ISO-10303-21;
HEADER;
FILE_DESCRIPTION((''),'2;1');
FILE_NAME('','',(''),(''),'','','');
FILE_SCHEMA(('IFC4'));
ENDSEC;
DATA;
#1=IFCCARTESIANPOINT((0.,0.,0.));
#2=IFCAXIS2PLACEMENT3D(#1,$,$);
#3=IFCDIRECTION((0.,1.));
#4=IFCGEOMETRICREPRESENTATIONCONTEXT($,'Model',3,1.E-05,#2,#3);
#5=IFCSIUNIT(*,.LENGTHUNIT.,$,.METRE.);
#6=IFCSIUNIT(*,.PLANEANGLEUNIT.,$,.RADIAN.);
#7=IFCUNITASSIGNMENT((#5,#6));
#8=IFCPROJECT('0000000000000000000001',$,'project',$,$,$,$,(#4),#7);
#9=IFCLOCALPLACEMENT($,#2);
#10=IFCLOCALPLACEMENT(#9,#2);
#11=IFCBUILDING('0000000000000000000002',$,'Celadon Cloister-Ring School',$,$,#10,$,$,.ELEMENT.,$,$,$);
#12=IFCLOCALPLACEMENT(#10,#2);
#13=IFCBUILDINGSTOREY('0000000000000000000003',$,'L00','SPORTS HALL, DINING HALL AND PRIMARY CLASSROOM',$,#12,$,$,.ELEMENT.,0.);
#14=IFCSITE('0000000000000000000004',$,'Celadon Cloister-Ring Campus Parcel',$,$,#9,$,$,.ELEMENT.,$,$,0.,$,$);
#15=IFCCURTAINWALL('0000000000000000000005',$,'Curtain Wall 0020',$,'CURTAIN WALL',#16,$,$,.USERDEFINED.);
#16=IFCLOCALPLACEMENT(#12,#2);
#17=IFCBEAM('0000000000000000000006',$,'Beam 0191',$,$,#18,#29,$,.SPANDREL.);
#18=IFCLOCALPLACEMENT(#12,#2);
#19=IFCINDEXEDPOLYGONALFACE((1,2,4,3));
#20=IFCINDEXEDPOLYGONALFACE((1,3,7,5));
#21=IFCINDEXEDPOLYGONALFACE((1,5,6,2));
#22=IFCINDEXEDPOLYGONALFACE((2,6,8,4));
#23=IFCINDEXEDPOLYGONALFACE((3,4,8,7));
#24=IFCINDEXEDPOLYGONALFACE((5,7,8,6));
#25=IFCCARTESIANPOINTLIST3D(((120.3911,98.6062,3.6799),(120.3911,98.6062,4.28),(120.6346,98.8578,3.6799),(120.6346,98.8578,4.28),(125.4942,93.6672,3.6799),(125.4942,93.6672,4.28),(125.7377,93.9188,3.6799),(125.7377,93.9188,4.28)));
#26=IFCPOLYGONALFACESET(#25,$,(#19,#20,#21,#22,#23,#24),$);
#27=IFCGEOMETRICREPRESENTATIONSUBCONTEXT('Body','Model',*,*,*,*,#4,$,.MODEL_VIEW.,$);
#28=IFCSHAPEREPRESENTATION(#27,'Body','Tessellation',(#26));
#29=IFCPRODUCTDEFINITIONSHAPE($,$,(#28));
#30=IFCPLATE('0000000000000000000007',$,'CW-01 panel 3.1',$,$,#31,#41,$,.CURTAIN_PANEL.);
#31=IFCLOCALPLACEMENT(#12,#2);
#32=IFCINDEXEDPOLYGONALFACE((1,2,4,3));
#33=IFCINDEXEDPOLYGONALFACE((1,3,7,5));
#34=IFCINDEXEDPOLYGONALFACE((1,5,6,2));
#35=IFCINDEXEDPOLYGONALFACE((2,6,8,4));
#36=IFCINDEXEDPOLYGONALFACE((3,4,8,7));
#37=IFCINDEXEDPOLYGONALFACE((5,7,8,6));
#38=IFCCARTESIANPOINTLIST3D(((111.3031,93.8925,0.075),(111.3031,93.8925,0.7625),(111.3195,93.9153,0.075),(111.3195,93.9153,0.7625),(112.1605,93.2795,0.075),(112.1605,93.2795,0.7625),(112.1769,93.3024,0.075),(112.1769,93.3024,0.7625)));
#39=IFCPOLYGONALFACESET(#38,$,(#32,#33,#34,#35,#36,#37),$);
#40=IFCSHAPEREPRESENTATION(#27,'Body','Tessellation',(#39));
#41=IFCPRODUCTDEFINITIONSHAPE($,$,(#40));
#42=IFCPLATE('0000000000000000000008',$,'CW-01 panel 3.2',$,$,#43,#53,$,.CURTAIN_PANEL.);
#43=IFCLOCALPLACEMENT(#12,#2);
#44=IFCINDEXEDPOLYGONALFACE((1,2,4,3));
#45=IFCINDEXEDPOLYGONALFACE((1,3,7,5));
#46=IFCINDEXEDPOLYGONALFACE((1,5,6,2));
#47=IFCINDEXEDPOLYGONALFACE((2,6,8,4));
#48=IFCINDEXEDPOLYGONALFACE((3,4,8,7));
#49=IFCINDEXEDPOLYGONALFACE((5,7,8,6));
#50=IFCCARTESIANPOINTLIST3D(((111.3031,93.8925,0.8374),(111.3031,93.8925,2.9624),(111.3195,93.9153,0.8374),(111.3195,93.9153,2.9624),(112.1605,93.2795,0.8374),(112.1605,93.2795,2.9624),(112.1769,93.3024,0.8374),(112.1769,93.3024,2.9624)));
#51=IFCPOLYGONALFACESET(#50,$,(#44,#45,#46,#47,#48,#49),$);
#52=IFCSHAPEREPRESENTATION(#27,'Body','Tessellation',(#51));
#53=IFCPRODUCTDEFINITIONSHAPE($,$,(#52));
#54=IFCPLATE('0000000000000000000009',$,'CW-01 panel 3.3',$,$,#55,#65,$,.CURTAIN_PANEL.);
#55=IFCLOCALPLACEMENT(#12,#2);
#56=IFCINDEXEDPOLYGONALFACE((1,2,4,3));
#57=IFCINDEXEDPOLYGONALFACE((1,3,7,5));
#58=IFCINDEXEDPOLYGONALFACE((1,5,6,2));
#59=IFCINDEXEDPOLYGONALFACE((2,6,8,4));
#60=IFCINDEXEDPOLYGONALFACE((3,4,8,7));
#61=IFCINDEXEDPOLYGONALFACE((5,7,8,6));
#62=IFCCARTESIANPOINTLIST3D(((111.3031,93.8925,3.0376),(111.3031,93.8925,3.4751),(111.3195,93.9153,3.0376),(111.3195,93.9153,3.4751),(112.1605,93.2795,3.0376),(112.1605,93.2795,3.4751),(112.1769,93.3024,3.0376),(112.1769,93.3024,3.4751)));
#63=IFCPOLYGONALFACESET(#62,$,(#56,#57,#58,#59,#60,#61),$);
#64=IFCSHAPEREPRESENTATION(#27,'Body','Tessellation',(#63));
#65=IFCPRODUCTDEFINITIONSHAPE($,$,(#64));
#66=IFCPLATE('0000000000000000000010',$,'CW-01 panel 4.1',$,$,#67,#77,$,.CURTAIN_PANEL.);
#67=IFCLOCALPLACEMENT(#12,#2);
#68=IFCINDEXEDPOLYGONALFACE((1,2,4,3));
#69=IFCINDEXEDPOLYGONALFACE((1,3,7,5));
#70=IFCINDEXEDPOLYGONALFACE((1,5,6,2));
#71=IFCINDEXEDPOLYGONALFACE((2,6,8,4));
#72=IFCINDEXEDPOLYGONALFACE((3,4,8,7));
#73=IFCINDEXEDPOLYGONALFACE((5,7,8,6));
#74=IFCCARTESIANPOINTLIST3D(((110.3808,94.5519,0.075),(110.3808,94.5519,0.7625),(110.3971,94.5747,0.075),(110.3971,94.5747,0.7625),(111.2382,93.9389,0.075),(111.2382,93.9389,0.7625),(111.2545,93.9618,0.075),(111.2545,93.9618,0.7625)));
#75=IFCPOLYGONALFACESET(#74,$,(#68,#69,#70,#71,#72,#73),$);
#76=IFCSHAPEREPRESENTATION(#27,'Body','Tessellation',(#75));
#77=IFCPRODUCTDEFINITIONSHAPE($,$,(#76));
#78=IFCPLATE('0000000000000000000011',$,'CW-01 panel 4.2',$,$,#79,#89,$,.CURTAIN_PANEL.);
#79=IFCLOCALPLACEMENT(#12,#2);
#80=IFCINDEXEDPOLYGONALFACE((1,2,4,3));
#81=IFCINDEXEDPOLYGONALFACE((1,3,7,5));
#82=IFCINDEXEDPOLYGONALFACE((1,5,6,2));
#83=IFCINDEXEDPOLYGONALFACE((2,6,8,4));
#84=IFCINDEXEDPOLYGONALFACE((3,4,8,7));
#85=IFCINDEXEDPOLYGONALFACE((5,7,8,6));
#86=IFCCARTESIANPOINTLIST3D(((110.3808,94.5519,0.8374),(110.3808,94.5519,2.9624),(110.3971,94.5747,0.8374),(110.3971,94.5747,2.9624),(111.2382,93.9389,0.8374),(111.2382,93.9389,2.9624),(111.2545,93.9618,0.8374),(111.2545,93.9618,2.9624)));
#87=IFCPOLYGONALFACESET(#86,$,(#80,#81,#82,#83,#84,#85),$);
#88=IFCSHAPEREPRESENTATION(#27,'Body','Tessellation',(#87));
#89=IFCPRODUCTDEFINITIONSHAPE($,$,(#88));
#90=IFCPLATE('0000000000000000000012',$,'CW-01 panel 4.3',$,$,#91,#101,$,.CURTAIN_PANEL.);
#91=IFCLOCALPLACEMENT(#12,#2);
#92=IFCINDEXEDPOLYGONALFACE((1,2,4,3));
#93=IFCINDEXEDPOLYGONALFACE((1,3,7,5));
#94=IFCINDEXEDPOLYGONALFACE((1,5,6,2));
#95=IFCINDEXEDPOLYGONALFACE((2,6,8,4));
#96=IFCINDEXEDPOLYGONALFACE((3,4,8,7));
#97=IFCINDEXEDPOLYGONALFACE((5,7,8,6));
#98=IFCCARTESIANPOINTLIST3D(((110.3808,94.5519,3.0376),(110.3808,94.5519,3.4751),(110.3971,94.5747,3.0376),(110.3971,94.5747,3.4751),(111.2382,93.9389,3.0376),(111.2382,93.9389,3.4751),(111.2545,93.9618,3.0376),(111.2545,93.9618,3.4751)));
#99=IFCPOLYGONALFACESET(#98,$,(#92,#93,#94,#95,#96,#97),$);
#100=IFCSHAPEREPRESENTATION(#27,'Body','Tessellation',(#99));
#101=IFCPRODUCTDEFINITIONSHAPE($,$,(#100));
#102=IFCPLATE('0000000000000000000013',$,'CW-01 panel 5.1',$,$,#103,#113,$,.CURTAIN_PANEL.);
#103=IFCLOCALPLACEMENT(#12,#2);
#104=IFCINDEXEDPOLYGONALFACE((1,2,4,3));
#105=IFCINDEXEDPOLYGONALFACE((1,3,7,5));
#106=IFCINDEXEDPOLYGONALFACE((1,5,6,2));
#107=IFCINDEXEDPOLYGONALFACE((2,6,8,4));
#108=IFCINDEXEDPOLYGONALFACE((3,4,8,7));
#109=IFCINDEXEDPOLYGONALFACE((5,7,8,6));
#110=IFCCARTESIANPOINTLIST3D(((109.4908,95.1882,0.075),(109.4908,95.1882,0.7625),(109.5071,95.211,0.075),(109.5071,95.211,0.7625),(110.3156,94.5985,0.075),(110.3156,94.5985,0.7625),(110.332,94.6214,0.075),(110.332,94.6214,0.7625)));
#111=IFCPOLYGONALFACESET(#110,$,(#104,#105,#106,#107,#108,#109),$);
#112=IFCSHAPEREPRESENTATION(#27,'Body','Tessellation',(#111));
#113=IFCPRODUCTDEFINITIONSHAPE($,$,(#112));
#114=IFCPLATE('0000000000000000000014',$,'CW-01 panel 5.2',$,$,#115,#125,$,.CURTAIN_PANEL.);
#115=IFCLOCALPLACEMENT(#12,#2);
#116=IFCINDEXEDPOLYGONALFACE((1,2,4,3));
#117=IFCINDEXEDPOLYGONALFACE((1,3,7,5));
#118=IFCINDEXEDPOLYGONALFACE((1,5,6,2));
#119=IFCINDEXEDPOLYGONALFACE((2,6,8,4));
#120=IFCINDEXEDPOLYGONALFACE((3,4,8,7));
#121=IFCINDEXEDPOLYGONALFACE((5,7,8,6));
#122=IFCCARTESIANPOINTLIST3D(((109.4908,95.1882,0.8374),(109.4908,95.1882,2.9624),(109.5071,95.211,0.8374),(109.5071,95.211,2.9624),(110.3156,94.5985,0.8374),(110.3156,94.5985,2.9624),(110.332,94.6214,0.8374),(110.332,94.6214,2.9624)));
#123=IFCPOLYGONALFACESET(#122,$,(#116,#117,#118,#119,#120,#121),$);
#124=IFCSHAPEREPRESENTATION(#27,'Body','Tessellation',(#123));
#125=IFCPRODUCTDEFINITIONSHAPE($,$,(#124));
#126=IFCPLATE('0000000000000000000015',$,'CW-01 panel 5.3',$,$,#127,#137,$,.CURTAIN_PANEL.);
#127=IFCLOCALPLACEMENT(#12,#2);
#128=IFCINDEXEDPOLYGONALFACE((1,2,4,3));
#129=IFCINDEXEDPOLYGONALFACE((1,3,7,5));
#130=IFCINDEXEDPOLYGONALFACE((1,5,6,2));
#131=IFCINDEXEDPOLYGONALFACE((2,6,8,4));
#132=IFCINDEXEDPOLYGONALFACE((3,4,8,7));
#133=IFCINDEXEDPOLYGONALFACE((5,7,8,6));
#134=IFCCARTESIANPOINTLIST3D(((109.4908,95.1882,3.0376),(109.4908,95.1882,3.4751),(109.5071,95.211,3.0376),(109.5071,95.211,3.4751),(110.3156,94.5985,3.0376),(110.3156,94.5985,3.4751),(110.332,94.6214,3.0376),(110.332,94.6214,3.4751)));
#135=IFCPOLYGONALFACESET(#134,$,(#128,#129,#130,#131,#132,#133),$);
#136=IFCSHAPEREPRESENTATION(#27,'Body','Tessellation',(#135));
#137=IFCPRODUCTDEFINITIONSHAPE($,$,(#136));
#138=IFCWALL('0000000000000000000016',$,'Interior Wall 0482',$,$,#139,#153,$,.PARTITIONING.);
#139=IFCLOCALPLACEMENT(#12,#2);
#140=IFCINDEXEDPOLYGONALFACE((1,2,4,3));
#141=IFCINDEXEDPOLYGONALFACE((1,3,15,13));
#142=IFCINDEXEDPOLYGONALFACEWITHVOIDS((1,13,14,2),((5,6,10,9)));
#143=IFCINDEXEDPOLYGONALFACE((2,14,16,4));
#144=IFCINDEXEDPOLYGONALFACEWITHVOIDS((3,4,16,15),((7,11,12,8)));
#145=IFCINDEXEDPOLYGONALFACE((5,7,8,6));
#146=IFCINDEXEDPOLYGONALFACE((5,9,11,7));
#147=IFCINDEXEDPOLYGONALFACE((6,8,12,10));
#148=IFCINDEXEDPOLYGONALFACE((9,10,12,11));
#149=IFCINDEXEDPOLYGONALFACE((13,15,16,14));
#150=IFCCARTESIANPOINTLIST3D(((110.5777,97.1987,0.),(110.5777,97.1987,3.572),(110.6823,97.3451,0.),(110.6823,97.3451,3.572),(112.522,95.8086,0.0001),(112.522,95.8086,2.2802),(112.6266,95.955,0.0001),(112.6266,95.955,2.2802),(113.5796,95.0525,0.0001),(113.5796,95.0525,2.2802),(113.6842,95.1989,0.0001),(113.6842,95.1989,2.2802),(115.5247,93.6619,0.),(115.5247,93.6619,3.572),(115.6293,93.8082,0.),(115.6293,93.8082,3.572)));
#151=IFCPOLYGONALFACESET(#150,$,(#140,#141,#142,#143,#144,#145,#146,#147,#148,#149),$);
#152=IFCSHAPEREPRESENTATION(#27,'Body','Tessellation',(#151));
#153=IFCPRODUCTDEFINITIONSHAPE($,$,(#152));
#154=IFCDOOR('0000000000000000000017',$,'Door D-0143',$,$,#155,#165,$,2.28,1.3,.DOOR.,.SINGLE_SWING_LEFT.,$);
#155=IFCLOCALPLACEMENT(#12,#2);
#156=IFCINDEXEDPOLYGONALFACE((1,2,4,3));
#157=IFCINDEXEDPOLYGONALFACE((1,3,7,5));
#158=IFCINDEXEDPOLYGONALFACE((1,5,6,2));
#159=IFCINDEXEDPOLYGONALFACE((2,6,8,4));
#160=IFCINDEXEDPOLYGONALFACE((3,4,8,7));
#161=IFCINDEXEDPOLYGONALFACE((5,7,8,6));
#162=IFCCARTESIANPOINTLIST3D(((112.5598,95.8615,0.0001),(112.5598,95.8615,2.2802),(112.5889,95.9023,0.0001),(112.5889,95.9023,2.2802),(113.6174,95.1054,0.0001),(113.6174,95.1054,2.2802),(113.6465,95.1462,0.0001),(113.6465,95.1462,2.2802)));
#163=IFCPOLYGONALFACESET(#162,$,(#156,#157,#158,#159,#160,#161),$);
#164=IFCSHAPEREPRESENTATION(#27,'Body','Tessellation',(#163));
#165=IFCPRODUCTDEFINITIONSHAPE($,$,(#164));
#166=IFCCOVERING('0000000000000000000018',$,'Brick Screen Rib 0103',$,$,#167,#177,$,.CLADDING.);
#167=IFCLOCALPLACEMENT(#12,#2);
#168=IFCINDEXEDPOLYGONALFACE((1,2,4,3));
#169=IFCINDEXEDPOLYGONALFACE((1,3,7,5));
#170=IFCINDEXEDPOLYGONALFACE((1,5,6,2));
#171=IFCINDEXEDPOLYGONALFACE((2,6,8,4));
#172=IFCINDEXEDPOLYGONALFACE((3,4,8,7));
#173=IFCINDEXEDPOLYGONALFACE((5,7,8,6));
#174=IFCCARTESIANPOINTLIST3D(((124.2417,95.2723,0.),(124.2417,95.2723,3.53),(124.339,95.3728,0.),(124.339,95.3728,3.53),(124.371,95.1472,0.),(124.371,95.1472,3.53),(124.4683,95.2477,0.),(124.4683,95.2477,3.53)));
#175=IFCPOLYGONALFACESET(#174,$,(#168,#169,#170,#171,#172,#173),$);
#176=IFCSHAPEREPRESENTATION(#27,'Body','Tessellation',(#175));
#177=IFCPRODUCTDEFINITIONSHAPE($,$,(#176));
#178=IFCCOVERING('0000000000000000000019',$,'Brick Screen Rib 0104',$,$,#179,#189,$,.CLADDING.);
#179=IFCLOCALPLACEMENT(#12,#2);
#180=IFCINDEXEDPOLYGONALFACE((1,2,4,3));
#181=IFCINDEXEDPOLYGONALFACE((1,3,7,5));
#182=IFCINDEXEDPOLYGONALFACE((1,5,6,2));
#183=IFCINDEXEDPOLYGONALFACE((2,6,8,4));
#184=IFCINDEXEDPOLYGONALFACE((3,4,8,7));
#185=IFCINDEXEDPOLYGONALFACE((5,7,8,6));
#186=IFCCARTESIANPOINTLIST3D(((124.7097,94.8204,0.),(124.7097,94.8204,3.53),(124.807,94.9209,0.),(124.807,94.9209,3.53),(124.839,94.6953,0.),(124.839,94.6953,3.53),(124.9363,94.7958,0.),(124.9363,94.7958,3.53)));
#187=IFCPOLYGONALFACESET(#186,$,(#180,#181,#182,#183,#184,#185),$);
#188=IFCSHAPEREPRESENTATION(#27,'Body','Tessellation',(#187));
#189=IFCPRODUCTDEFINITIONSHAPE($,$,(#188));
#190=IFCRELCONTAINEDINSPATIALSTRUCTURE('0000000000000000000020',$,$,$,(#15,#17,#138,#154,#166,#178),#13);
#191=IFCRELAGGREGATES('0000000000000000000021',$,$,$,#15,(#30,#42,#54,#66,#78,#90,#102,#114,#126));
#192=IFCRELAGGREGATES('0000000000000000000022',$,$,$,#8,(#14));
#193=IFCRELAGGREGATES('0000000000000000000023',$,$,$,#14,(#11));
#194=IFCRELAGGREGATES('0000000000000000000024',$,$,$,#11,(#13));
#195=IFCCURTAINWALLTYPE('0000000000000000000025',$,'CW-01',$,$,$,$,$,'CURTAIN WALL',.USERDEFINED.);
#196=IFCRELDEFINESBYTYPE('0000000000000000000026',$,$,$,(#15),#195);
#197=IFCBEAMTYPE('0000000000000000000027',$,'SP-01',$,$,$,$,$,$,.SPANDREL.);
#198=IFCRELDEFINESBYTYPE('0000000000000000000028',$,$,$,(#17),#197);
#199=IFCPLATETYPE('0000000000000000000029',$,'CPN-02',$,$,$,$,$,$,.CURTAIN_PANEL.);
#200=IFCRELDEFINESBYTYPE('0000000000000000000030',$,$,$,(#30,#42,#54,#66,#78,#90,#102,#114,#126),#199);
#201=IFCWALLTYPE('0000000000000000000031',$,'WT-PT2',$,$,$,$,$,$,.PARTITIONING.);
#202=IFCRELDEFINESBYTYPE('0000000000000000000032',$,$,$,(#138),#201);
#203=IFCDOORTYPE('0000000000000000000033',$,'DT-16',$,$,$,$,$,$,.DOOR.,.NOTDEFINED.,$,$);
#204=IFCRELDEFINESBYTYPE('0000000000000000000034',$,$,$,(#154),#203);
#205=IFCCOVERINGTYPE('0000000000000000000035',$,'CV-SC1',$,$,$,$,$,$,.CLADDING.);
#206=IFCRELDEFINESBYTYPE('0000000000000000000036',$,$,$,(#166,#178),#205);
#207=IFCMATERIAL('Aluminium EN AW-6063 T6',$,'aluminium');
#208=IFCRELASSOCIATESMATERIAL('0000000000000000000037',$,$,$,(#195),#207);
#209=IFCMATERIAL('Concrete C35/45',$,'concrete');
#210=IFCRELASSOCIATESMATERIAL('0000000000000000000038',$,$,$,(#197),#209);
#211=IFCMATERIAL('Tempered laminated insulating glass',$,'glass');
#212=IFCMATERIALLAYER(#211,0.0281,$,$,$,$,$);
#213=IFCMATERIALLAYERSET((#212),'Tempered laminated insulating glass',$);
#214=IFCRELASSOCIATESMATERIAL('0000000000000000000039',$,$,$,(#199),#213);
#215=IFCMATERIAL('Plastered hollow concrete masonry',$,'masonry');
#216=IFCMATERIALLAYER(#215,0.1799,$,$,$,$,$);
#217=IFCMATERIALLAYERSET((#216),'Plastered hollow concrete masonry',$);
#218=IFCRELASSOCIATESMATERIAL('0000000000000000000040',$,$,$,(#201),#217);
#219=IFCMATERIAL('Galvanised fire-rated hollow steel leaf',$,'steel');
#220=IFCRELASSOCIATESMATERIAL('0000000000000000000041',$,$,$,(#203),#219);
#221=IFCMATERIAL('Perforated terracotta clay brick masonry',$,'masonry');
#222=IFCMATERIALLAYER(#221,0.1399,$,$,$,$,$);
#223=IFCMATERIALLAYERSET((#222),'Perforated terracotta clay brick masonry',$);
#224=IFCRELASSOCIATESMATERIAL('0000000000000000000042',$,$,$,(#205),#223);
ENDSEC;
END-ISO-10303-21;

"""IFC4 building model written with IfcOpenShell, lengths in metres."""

from ifc_helpers import new_model, si_unit, direction, frame, frame_2d, origin, origin_2d, place, context, subcontext, project, spatial, rectangle, extrude, material, layer, layer_set, material_profile, profile_set, type_object, element, fill, aggregate, save


model = new_model("IFC4")

# Units and contexts
model_context = context("Model", 3, precision=1e-05, world=origin(), true_north=direction((0.0, 1.0)))
body_context = subcontext(model_context, "Body", "Model", "MODEL_VIEW")
ifc_project = project(units=[si_unit("LENGTHUNIT", "METRE"), si_unit("PLANEANGLEUNIT", "RADIAN")], contexts=[model_context])

# Site, building, storey
site_placement = place(None, origin())
site = spatial("IfcSite", under=ifc_project, at=site_placement, Name="Celadon Cloister-Ring Campus Parcel", CompositionType="ELEMENT", RefElevation=0.0)
building_placement = place(site_placement, origin())
building = spatial("IfcBuilding", under=site, at=building_placement, Name="Celadon Cloister-Ring School", CompositionType="ELEMENT")
storey_placement = place(building_placement, origin())
storey = spatial("IfcBuildingStorey", under=building, at=storey_placement, Name="L00", Description="SPORTS HALL, DINING HALL AND PRIMARY CLASSROOM", CompositionType="ELEMENT", Elevation=0.0)

# Curtain wall
ifc_material_1 = material(Name="Aluminium EN AW-6063 T6", Category="aluminium")
curtain_wall_type = type_object("IfcCurtainWallType", Name="CW-01", ElementType="CURTAIN WALL", PredefinedType="USERDEFINED", material=ifc_material_1)
curtain_wall_placement = place(storey_placement, origin())
curtain_wall = element("IfcCurtainWall", 1, at=curtain_wall_placement, inside=storey, type_object=curtain_wall_type, Name="Curtain Wall 0020", ObjectType="CURTAIN WALL", PredefinedType="USERDEFINED")

# Beam
ifc_material_2 = material(Name="Concrete C35/45", Category="concrete")
ifc_material_profile_1 = material_profile(ifc_material_2, rectangle(XDim=0.3501, YDim=0.6001, at=origin_2d()), Name="RC350X600")
ifc_profile_set_1 = profile_set([ifc_material_profile_1], Name="Concrete C35/45")
beam_type_1 = type_object("IfcBeamType", Name="SP-01", PredefinedType="SPANDREL", material=ifc_profile_set_1)
beam_1_placement = place(storey_placement, frame((125.616, 93.793, 3.98), z_axis=(-0.718563, 0.695462, 0.0), x_axis=(-0.695462, -0.718563, 0.0)))
element("IfcBeam", 2, at=beam_1_placement, inside=storey, type_object=beam_type_1, Name="Beam 0191", PredefinedType="SPANDREL", context=body_context, shape_type="SweptSolid", body=[
    extrude(rectangle(XDim=0.3501, YDim=0.6001, at=origin_2d()), origin(), (0.0, 0.0, 1.0), 7.1018),
])

# Plates
ifc_material_3 = material(Name="Tempered laminated insulating glass", Category="glass")
ifc_layer_1 = layer(ifc_material_3, 0.0281)
ifc_layer_set_1 = layer_set([ifc_layer_1], Name="Tempered laminated insulating glass")
plate_type = type_object("IfcPlateType", Name="CPN-02", PredefinedType="CURTAIN_PANEL", material=ifc_layer_set_1)
plate_1_placement = place(storey_placement, frame((111.74, 93.5974, 0.075), z_axis=(0.0, 0.0, 1.0), x_axis=(-0.813507, 0.581555, 0.0)))
plate_1 = element("IfcPlate", 3, at=plate_1_placement, type_object=plate_type, Name="CW-01 panel 3.1", PredefinedType="CURTAIN_PANEL", context=body_context, shape_type="SweptSolid", body=[
    extrude(rectangle(XDim=1.054, YDim=0.0281, at=origin_2d()), origin(), (0.0, 0.0, 1.0), 0.6875),
])
plate_2_placement = place(storey_placement, frame((111.74, 93.5974, 0.8374), z_axis=(0.0, 0.0, 1.0), x_axis=(-0.813507, 0.581555, 0.0)))
plate_2 = element("IfcPlate", 4, at=plate_2_placement, type_object=plate_type, Name="CW-01 panel 3.2", PredefinedType="CURTAIN_PANEL", context=body_context, shape_type="SweptSolid", body=[
    extrude(rectangle(XDim=1.054, YDim=0.0281, at=origin_2d()), origin(), (0.0, 0.0, 1.0), 2.125),
])
plate_3_placement = place(storey_placement, frame((111.74, 93.5974, 3.0376), z_axis=(0.0, 0.0, 1.0), x_axis=(-0.813507, 0.581555, 0.0)))
plate_3 = element("IfcPlate", 5, at=plate_3_placement, type_object=plate_type, Name="CW-01 panel 3.3", PredefinedType="CURTAIN_PANEL", context=body_context, shape_type="SweptSolid", body=[
    extrude(rectangle(XDim=1.054, YDim=0.0281, at=origin_2d()), origin(), (0.0, 0.0, 1.0), 0.4375),
])
plate_4_placement = place(storey_placement, frame((110.8176, 94.2568, 0.075), z_axis=(0.0, 0.0, 1.0), x_axis=(-0.813507, 0.581555, 0.0)))
plate_4 = element("IfcPlate", 6, at=plate_4_placement, type_object=plate_type, Name="CW-01 panel 4.1", PredefinedType="CURTAIN_PANEL", context=body_context, shape_type="SweptSolid", body=[
    extrude(rectangle(XDim=1.054, YDim=0.0281, at=origin_2d()), origin(), (0.0, 0.0, 1.0), 0.6875),
])
plate_5_placement = place(storey_placement, frame((110.8176, 94.2568, 0.8374), z_axis=(0.0, 0.0, 1.0), x_axis=(-0.813507, 0.581555, 0.0)))
plate_5 = element("IfcPlate", 7, at=plate_5_placement, type_object=plate_type, Name="CW-01 panel 4.2", PredefinedType="CURTAIN_PANEL", context=body_context, shape_type="SweptSolid", body=[
    extrude(rectangle(XDim=1.054, YDim=0.0281, at=origin_2d()), origin(), (0.0, 0.0, 1.0), 2.125),
])
plate_6_placement = place(storey_placement, frame((110.8176, 94.2568, 3.0376), z_axis=(0.0, 0.0, 1.0), x_axis=(-0.813507, 0.581555, 0.0)))
plate_6 = element("IfcPlate", 8, at=plate_6_placement, type_object=plate_type, Name="CW-01 panel 4.3", PredefinedType="CURTAIN_PANEL", context=body_context, shape_type="SweptSolid", body=[
    extrude(rectangle(XDim=1.054, YDim=0.0281, at=origin_2d()), origin(), (0.0, 0.0, 1.0), 0.4375),
])
plate_7_placement = place(storey_placement, frame((109.9114, 94.9048, 0.075), z_axis=(0.0, 0.0, 1.0), x_axis=(-0.813507, 0.581555, 0.0)))
plate_7 = element("IfcPlate", 9, at=plate_7_placement, type_object=plate_type, Name="CW-01 panel 5.1", PredefinedType="CURTAIN_PANEL", context=body_context, shape_type="SweptSolid", body=[
    extrude(rectangle(XDim=1.0139, YDim=0.0281, at=origin_2d()), origin(), (0.0, 0.0, 1.0), 0.6875),
])
plate_8_placement = place(storey_placement, frame((109.9114, 94.9048, 0.8374), z_axis=(0.0, 0.0, 1.0), x_axis=(-0.813507, 0.581555, 0.0)))
plate_8 = element("IfcPlate", 10, at=plate_8_placement, type_object=plate_type, Name="CW-01 panel 5.2", PredefinedType="CURTAIN_PANEL", context=body_context, shape_type="SweptSolid", body=[
    extrude(rectangle(XDim=1.0139, YDim=0.0281, at=origin_2d()), origin(), (0.0, 0.0, 1.0), 2.125),
])
plate_9_placement = place(storey_placement, frame((109.9114, 94.9048, 3.0376), z_axis=(0.0, 0.0, 1.0), x_axis=(-0.813507, 0.581555, 0.0)))
plate_9 = element("IfcPlate", 11, at=plate_9_placement, type_object=plate_type, Name="CW-01 panel 5.3", PredefinedType="CURTAIN_PANEL", context=body_context, shape_type="SweptSolid", body=[
    extrude(rectangle(XDim=1.0139, YDim=0.0281, at=origin_2d()), origin(), (0.0, 0.0, 1.0), 0.4375),
])
aggregate(curtain_wall, [plate_1, plate_2, plate_3, plate_4, plate_5, plate_6, plate_7, plate_8, plate_9])

# Wall, opening, door
ifc_material_4 = material(Name="Plastered hollow concrete masonry", Category="masonry")
ifc_layer_2 = layer(ifc_material_4, 0.1799)
ifc_layer_set_2 = layer_set([ifc_layer_2], Name="Plastered hollow concrete masonry")
wall_type = type_object("IfcWallType", Name="WT-PT2", PredefinedType="PARTITIONING", material=ifc_layer_set_2)
wall_placement = place(storey_placement, frame((115.5769, 93.7351, 0.0), z_axis=(0.0, 0.0, 1.0), x_axis=(-0.813478, 0.581595, 0.0)))
wall = element("IfcWall", 12, at=wall_placement, inside=storey, type_object=wall_type, Name="Interior Wall 0482", PredefinedType="PARTITIONING", context=body_context, shape_type="SweptSolid", body=[
    extrude(rectangle(XDim=6.0813, YDim=0.1799, at=frame_2d((3.0405, 0.0))), origin(), (0.0, 0.0, 1.0), 3.572),
])
opening_placement = place(wall_placement, frame((2.3911, 0.0, 0.0)))
opening = element("IfcOpeningElement", 13, at=opening_placement, cuts=wall, PredefinedType="OPENING", context=body_context, shape_type="SweptSolid", body=[
    extrude(rectangle(XDim=1.3, YDim=2.28, at=frame_2d((0.6499, 1.1401))), frame((0.0, 0.1001, 0.0), z_axis=(0.0, -1.0, 0.0), x_axis=(1.0, 0.0, 0.0)), (0.0, 0.0, 1.0), 0.2),
])
ifc_material_5 = material(Name="Galvanised fire-rated hollow steel leaf", Category="steel")
door_type = type_object("IfcDoorType", Name="DT-16", OperationType="NOTDEFINED", PredefinedType="DOOR", material=ifc_material_5)
door_placement = place(opening_placement, origin())
door = element("IfcDoor", 14, at=door_placement, inside=storey, type_object=door_type, Name="Door D-0143", OperationType="SINGLE_SWING_LEFT", OverallHeight=2.28, OverallWidth=1.3, PredefinedType="DOOR", context=body_context, shape_type="SweptSolid", body=[
    extrude(rectangle(XDim=1.3, YDim=2.28, at=frame_2d((0.6499, 1.1401))), frame((0.0, 0.0249, 0.0), z_axis=(0.0, -1.0, 0.0), x_axis=(1.0, 0.0, 0.0)), (0.0, 0.0, 1.0), 0.05),
])
fill(opening, door)

# Coverings
ifc_material_6 = material(Name="Perforated terracotta clay brick masonry", Category="masonry")
ifc_layer_3 = layer(ifc_material_6, 0.1399)
ifc_layer_set_3 = layer_set([ifc_layer_3], Name="Perforated terracotta clay brick masonry")
covering_type = type_object("IfcCoveringType", Name="CV-SC1", PredefinedType="CLADDING", material=ifc_layer_set_3)
for number, where, z_axis, x_axis, name in (
    (15, (124.355, 95.26, 0.0), (0.0, 0.0, 1.0), (0.718673, -0.695349, 0.0), "Brick Screen Rib 0103"),
    (16, (124.823, 94.8081, 0.0), (0.0, 0.0, 1.0), (0.718673, -0.695349, 0.0), "Brick Screen Rib 0104"),
):
    element("IfcCovering", number, at=place(storey_placement, frame(where, z_axis=z_axis, x_axis=x_axis)), inside=storey, type_object=covering_type, Name=name, PredefinedType="CLADDING", context=body_context, shape_type="SweptSolid", body=[
        extrude(rectangle(XDim=0.1799, YDim=0.1399, at=origin_2d()), origin(), (0.0, 0.0, 1.0), 3.53),
    ])

save(model, "model.ifc")
